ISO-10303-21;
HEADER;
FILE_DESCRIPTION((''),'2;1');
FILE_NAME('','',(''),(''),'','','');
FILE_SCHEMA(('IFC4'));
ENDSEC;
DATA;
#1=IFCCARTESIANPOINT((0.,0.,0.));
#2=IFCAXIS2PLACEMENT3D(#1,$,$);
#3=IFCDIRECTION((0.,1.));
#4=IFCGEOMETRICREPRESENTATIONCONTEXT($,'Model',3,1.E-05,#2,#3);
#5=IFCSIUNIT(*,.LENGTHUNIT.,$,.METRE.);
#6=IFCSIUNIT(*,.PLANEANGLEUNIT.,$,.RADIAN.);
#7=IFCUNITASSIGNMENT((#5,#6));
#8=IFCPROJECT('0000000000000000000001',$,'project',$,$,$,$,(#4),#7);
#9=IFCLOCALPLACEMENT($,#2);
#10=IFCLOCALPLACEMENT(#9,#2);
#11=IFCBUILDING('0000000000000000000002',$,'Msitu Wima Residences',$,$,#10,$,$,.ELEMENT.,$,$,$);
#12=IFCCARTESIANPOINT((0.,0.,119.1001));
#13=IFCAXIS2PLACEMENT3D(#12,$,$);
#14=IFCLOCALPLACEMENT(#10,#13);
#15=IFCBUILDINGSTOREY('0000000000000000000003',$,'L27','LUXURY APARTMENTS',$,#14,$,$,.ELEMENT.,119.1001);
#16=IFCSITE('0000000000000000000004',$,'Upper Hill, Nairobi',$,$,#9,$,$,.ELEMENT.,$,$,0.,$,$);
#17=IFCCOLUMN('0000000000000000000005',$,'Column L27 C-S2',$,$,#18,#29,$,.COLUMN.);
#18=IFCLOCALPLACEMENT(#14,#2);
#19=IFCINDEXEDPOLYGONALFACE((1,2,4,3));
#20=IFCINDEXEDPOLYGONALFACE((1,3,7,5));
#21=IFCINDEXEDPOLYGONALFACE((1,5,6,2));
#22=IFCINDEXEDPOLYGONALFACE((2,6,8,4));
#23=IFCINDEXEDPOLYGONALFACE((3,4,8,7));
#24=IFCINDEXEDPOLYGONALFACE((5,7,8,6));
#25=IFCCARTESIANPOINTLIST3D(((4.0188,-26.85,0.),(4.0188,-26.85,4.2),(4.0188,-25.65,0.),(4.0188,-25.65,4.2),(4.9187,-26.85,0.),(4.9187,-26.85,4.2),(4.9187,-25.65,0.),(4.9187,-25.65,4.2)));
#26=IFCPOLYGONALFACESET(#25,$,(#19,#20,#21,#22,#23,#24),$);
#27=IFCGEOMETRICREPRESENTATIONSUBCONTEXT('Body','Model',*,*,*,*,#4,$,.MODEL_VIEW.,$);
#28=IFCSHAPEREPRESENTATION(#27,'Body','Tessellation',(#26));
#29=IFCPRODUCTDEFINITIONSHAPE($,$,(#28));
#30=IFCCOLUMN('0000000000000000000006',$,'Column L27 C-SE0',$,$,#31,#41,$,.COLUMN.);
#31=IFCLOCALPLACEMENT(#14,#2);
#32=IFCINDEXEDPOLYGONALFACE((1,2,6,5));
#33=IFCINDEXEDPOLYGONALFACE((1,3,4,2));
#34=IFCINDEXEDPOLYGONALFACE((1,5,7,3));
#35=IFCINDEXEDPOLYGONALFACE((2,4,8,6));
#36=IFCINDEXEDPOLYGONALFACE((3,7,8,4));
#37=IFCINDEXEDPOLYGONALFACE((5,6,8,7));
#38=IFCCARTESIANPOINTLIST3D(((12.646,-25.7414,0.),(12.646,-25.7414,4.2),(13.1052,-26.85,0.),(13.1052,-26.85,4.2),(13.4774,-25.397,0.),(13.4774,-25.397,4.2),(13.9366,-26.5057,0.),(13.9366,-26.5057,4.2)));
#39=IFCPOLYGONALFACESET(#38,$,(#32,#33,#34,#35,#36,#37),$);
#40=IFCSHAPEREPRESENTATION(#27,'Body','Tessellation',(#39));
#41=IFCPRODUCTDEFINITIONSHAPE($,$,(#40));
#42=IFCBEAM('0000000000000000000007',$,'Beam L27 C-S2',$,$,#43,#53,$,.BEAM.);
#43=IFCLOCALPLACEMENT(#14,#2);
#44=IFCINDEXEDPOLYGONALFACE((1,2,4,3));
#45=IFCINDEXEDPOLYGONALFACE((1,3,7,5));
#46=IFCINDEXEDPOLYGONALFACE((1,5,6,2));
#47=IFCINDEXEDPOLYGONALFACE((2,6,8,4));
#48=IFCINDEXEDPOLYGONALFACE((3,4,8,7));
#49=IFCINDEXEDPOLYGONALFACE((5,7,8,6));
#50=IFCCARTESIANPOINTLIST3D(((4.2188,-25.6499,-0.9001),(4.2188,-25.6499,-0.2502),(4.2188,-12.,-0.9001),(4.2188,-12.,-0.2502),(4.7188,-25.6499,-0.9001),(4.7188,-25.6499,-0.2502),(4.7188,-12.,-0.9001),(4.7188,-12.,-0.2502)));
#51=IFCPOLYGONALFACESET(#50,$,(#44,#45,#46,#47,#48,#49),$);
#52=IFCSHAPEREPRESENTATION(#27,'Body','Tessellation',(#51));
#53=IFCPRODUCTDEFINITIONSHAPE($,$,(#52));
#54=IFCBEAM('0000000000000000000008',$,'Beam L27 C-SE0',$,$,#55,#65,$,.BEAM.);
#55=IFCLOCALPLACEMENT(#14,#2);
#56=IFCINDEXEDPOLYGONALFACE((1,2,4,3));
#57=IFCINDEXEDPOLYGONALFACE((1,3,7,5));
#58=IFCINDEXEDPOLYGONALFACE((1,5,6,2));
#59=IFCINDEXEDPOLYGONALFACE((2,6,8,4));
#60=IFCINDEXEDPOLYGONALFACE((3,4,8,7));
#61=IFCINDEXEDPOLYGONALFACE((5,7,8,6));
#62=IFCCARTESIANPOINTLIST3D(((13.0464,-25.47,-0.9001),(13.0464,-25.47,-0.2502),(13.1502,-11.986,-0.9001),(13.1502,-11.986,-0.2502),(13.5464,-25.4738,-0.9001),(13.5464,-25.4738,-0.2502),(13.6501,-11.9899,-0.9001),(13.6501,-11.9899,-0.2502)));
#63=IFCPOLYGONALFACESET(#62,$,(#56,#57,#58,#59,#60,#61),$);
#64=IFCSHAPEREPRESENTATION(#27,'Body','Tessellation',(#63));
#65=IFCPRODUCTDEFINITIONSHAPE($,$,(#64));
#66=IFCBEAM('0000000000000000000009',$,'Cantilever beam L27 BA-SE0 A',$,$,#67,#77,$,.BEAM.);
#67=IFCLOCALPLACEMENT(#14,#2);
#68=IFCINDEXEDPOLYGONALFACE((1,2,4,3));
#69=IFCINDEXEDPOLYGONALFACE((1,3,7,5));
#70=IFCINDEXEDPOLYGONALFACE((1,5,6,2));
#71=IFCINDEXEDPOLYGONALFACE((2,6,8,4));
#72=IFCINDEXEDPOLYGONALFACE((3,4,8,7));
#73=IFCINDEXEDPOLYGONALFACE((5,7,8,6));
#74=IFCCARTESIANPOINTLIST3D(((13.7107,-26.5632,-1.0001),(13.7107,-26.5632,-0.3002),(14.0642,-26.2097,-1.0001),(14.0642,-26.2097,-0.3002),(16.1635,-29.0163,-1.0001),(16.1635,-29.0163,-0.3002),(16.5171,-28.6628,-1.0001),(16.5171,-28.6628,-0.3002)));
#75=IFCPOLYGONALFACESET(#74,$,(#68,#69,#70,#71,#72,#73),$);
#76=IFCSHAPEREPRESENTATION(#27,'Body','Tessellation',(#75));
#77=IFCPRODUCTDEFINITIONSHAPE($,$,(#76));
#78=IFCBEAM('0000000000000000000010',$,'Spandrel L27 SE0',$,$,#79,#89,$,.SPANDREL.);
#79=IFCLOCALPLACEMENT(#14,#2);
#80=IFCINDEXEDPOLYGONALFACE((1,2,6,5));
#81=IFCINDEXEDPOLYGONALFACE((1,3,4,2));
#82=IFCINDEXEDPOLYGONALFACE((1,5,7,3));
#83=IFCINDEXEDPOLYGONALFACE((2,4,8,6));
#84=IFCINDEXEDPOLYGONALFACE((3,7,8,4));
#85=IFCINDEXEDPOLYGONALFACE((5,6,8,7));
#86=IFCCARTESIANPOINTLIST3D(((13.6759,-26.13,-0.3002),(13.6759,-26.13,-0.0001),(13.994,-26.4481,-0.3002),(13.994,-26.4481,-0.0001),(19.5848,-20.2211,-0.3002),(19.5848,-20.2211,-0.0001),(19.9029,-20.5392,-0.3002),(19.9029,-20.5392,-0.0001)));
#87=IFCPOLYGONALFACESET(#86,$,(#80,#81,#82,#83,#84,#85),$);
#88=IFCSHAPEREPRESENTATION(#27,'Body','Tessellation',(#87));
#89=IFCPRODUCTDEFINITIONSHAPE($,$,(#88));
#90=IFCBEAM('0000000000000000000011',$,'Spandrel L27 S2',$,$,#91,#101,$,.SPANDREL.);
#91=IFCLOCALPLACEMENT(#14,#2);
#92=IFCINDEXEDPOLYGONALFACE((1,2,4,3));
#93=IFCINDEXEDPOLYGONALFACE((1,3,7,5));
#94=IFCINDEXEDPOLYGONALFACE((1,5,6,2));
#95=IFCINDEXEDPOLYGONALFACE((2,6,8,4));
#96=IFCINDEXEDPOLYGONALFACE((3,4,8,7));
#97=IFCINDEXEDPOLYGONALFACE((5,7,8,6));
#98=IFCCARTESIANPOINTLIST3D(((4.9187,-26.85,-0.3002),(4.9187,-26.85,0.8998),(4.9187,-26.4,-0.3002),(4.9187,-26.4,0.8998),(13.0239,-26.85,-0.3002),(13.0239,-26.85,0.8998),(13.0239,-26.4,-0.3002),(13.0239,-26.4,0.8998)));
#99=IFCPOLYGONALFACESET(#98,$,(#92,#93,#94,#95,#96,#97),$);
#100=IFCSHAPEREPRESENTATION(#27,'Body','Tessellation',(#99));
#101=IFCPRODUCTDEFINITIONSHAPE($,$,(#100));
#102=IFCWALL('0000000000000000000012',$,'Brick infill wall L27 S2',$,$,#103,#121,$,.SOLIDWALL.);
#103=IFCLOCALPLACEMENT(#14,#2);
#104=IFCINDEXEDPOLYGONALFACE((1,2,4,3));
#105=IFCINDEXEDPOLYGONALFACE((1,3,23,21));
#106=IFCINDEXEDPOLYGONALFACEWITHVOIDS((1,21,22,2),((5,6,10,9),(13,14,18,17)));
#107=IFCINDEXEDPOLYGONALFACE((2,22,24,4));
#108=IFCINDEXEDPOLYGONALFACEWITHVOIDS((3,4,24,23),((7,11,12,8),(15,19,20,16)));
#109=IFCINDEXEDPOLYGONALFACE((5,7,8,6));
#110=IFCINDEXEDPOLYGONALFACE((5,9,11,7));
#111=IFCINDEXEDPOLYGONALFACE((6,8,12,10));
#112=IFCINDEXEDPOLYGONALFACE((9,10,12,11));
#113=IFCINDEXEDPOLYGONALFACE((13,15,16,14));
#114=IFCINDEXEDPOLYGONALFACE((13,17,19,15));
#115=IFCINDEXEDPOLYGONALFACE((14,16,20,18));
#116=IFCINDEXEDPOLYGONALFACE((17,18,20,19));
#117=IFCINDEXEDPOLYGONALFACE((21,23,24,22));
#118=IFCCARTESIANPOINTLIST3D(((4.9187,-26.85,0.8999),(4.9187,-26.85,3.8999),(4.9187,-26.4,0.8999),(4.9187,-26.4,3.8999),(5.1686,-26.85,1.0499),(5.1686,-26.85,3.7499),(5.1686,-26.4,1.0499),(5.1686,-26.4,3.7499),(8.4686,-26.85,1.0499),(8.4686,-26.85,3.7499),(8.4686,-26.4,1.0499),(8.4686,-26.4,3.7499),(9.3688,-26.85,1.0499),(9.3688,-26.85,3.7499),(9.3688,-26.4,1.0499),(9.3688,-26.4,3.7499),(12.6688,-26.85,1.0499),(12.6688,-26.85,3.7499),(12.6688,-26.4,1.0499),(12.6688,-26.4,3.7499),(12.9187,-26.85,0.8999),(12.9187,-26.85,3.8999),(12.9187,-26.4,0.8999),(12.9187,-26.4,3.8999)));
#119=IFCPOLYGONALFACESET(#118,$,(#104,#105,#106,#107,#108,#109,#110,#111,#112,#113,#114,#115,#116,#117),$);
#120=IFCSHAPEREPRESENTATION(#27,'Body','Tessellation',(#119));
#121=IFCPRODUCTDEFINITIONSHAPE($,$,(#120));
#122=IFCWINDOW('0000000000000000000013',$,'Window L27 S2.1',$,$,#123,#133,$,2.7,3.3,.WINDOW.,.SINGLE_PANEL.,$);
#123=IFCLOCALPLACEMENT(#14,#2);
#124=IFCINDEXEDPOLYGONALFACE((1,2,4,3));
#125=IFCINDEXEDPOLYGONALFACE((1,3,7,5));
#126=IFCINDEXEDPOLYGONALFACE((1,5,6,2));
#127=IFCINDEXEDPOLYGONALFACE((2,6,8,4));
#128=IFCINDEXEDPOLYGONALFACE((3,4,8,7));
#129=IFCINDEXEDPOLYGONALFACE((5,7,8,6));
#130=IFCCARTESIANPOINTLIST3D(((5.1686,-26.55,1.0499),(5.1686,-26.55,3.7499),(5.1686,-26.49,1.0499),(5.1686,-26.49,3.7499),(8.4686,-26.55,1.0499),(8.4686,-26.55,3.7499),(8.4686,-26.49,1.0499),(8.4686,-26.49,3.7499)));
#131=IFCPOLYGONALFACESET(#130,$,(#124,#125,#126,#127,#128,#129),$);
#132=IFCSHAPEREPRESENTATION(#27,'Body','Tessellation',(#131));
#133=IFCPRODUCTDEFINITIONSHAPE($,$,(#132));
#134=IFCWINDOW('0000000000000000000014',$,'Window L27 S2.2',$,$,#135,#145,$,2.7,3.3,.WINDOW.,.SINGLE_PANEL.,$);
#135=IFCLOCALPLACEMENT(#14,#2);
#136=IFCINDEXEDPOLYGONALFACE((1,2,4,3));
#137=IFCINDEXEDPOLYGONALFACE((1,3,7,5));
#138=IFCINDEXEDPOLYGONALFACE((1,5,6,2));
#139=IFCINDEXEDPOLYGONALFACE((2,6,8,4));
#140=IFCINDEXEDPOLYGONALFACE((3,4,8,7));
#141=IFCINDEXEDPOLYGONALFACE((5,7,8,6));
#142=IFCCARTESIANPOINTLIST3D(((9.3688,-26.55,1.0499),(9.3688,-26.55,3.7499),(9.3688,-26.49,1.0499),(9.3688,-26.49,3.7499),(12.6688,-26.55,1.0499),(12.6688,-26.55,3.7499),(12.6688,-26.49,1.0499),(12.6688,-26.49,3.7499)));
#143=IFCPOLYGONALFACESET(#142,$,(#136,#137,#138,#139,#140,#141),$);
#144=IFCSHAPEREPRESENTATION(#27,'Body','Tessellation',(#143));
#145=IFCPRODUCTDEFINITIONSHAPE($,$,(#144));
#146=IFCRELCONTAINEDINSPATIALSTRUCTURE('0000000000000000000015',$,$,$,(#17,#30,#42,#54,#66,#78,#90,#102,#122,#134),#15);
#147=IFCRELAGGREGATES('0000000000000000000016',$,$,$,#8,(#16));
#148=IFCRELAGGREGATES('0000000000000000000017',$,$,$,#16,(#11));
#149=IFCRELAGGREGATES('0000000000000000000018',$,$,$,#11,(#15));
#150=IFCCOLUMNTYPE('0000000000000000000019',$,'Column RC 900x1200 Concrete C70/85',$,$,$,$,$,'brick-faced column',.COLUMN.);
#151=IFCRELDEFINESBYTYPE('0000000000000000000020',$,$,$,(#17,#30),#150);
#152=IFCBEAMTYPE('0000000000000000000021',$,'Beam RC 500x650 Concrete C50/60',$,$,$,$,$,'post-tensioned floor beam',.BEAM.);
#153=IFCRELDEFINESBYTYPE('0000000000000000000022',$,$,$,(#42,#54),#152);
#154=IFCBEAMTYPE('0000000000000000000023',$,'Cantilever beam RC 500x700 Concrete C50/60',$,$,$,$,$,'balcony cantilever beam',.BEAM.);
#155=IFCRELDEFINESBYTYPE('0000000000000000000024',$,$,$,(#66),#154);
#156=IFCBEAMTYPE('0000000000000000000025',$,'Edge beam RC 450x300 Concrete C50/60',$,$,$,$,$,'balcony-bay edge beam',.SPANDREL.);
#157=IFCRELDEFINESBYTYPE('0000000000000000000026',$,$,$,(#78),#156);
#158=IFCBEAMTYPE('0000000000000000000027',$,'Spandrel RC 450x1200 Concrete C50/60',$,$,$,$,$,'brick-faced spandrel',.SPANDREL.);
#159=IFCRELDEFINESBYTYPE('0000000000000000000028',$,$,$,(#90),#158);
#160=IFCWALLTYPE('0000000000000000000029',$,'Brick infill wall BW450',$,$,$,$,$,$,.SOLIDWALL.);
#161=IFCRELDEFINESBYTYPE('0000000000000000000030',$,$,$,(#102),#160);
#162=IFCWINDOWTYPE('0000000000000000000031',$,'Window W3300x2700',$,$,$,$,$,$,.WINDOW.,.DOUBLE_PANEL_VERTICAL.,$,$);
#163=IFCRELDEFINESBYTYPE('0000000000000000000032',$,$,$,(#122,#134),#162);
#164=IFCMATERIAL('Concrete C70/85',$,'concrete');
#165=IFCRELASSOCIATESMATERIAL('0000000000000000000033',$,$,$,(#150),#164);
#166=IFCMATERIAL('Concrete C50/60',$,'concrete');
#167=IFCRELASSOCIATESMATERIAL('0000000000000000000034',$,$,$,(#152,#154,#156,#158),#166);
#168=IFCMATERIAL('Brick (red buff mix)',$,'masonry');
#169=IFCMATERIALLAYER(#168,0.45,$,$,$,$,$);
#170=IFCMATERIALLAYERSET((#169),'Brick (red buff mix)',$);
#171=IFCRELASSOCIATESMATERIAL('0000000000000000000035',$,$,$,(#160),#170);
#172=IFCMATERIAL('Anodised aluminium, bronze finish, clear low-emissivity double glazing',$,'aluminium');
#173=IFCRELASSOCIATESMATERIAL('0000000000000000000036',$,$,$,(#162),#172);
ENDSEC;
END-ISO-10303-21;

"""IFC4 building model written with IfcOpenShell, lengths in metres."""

from ifc_helpers import new_model, si_unit, direction, frame, frame_2d, origin, origin_2d, place, context, subcontext, project, spatial, rectangle, extrude, material, layer, layer_set, material_profile, profile_set, type_object, element, fill, save


model = new_model("IFC4")

# Units and contexts
model_context = context("Model", 3, precision=1e-05, world=origin(), true_north=direction((0.0, 1.0)))
body_context = subcontext(model_context, "Body", "Model", "MODEL_VIEW")
ifc_project = project(units=[si_unit("LENGTHUNIT", "METRE"), si_unit("PLANEANGLEUNIT", "RADIAN")], contexts=[model_context])

# Site, building, storey
site_placement = place(None, origin())
site = spatial("IfcSite", under=ifc_project, at=site_placement, Name="Upper Hill, Nairobi", CompositionType="ELEMENT", RefElevation=0.0)
building_placement = place(site_placement, origin())
building = spatial("IfcBuilding", under=site, at=building_placement, Name="Msitu Wima Residences", CompositionType="ELEMENT")
storey_placement = place(building_placement, frame((0.0, 0.0, 119.1001)))
storey = spatial("IfcBuildingStorey", under=building, at=storey_placement, Name="L27", Description="LUXURY APARTMENTS", CompositionType="ELEMENT", Elevation=119.1001)

# Columns
ifc_material_1 = material(Name="Concrete C70/85", Category="concrete")
ifc_material_profile_1 = material_profile(ifc_material_1, rectangle(XDim=0.8999, YDim=1.2, at=origin_2d()), Name="RC 900x1200")
ifc_profile_set_1 = profile_set([ifc_material_profile_1], Name="Concrete C70/85")
column_type = type_object("IfcColumnType", Name="Column RC 900x1200 Concrete C70/85", ElementType="brick-faced column", PredefinedType="COLUMN", material=ifc_profile_set_1)
for number, where, z_axis, x_axis, name in (
    (1, (4.4688, -26.25, 0.0), (0.0, 0.0, 1.0), (1.0, 0.0, 0.0), "Column L27 C-S2"),
    (2, (13.2913, -26.1235, 0.0), (0.0, 0.0, 1.0), (0.92388, 0.382683, 0.0), "Column L27 C-SE0"),
):
    element("IfcColumn", number, at=place(storey_placement, frame(where, z_axis=z_axis, x_axis=x_axis)), inside=storey, type_object=column_type, Name=name, PredefinedType="COLUMN", context=body_context, shape_type="SweptSolid", body=[
        extrude(rectangle(XDim=0.8999, YDim=1.2, at=origin_2d()), origin(), (0.0, 0.0, 1.0), 4.2),
    ])

# Beams
ifc_material_2 = material(Name="Concrete C50/60", Category="concrete")
ifc_material_profile_2 = material_profile(ifc_material_2, rectangle(XDim=0.5, YDim=0.6499, at=origin_2d()), Name="RC 500x650")
ifc_profile_set_2 = profile_set([ifc_material_profile_2], Name="Concrete C50/60")
beam_type_1 = type_object("IfcBeamType", Name="Beam RC 500x650 Concrete C50/60", ElementType="post-tensioned floor beam", PredefinedType="BEAM", material=ifc_profile_set_2)
beam_1_placement = place(storey_placement, frame((4.4688, -25.6499, -0.5752), z_axis=(0.0, 1.0, 0.0), x_axis=(-1.0, 0.0, 0.0)))
element("IfcBeam", 3, at=beam_1_placement, inside=storey, type_object=beam_type_1, Name="Beam L27 C-S2", PredefinedType="BEAM", context=body_context, shape_type="SweptSolid", body=[
    extrude(rectangle(XDim=0.5, YDim=0.6499, at=origin_2d()), origin(), (0.0, 0.0, 1.0), 13.6499),
])
beam_2_placement = place(storey_placement, frame((13.2964, -25.4719, -0.5752), z_axis=(0.007695, 0.99997, 0.0), x_axis=(-0.99997, 0.007695, 0.0)))
element("IfcBeam", 4, at=beam_2_placement, inside=storey, type_object=beam_type_1, Name="Beam L27 C-SE0", PredefinedType="BEAM", context=body_context, shape_type="SweptSolid", body=[
    extrude(rectangle(XDim=0.5, YDim=0.6499, at=origin_2d()), origin(), (0.0, 0.0, 1.0), 13.4844),
])
ifc_material_profile_3 = material_profile(ifc_material_2, rectangle(XDim=0.5, YDim=0.7, at=origin_2d()), Name="RC 500x700")
ifc_profile_set_3 = profile_set([ifc_material_profile_3], Name="Concrete C50/60")
beam_type_2 = type_object("IfcBeamType", Name="Cantilever beam RC 500x700 Concrete C50/60", ElementType="balcony cantilever beam", PredefinedType="BEAM", material=ifc_profile_set_3)
beam_3_placement = place(storey_placement, frame((13.8875, -26.3865, -0.6501), z_axis=(0.707072, -0.707142, 0.0), x_axis=(0.707142, 0.707072, 0.0)))
element("IfcBeam", 5, at=beam_3_placement, inside=storey, type_object=beam_type_2, Name="Cantilever beam L27 BA-SE0 A", PredefinedType="BEAM", context=body_context, shape_type="SweptSolid", body=[
    extrude(rectangle(XDim=0.5, YDim=0.7, at=origin_2d()), origin(), (0.0, 0.0, 1.0), 3.469),
])
ifc_material_profile_4 = material_profile(ifc_material_2, rectangle(XDim=0.45, YDim=0.3, at=origin_2d()), Name="RC 450x300")
ifc_profile_set_4 = profile_set([ifc_material_profile_4], Name="Concrete C50/60")
beam_type_3 = type_object("IfcBeamType", Name="Edge beam RC 450x300 Concrete C50/60", ElementType="balcony-bay edge beam", PredefinedType="SPANDREL", material=ifc_profile_set_4)
beam_4_placement = place(storey_placement, frame((13.835, -26.2891, -0.1501), z_axis=(0.707107, 0.707107, 0.0), x_axis=(-0.707107, 0.707107, 0.0)))
element("IfcBeam", 6, at=beam_4_placement, inside=storey, type_object=beam_type_3, Name="Spandrel L27 SE0", PredefinedType="SPANDREL", context=body_context, shape_type="SweptSolid", body=[
    extrude(rectangle(XDim=0.45, YDim=0.3, at=origin_2d()), origin(), (0.0, 0.0, 1.0), 8.3564),
])
ifc_material_profile_5 = material_profile(ifc_material_2, rectangle(XDim=0.45, YDim=1.2, at=origin_2d()), Name="RC 450x1200")
ifc_profile_set_5 = profile_set([ifc_material_profile_5], Name="Concrete C50/60")
beam_type_4 = type_object("IfcBeamType", Name="Spandrel RC 450x1200 Concrete C50/60", ElementType="brick-faced spandrel", PredefinedType="SPANDREL", material=ifc_profile_set_5)
beam_5_placement = place(storey_placement, frame((4.9187, -26.625, 0.2998), z_axis=(1.0, 0.0, 0.0), x_axis=(0.0, 1.0, 0.0)))
element("IfcBeam", 7, at=beam_5_placement, inside=storey, type_object=beam_type_4, Name="Spandrel L27 S2", PredefinedType="SPANDREL", context=body_context, shape_type="SweptSolid", body=[
    extrude(rectangle(XDim=0.45, YDim=1.2, at=origin_2d()), origin(), (0.0, 0.0, 1.0), 8.1052),
])

# Wall, openings, windows
ifc_material_3 = material(Name="Brick (red buff mix)", Category="masonry")
ifc_layer_1 = layer(ifc_material_3, 0.45)
ifc_layer_set_1 = layer_set([ifc_layer_1], Name="Brick (red buff mix)")
wall_type_1 = type_object("IfcWallType", Name="Brick infill wall BW450", PredefinedType="SOLIDWALL", material=ifc_layer_set_1)
wall_1_placement = place(storey_placement, frame((4.9187, -26.625, 0.8999), z_axis=(0.0, 0.0, 1.0), x_axis=(1.0, 0.0, 0.0)))
wall_1 = element("IfcWall", 8, at=wall_1_placement, inside=storey, type_object=wall_type_1, Name="Brick infill wall L27 S2", PredefinedType="SOLIDWALL", context=body_context, shape_type="SweptSolid", body=[
    extrude(rectangle(XDim=8.0, YDim=0.45, at=frame_2d((4.0, 0.0))), origin(), (0.0, 0.0, 1.0), 3.0),
])
opening_1_placement = place(wall_1_placement, frame((0.25, 0.0, 0.1499)))
opening_1 = element("IfcOpeningElement", 9, at=opening_1_placement, cuts=wall_1, PredefinedType="OPENING", context=body_context, shape_type="SweptSolid", body=[
    extrude(rectangle(XDim=3.3, YDim=2.7, at=frame_2d((1.6499, 1.3501))), frame((0.0, 0.2349, 0.0), z_axis=(0.0, -1.0, 0.0), x_axis=(1.0, 0.0, 0.0)), (0.0, 0.0, 1.0), 0.47),
])
opening_2_placement = place(wall_1_placement, frame((4.4502, 0.0, 0.1499)))
opening_2 = element("IfcOpeningElement", 10, at=opening_2_placement, cuts=wall_1, PredefinedType="OPENING", context=body_context, shape_type="SweptSolid", body=[
    extrude(rectangle(XDim=3.3, YDim=2.7, at=frame_2d((1.6499, 1.3501))), frame((0.0, 0.2349, 0.0), z_axis=(0.0, -1.0, 0.0), x_axis=(1.0, 0.0, 0.0)), (0.0, 0.0, 1.0), 0.47),
])
ifc_material_4 = material(Name="Anodised aluminium, bronze finish, clear low-emissivity double glazing", Category="aluminium")
window_type = type_object("IfcWindowType", Name="Window W3300x2700", PartitioningType="DOUBLE_PANEL_VERTICAL", PredefinedType="WINDOW", material=ifc_material_4)
window_1_placement = place(opening_1_placement, origin())
window_1 = element("IfcWindow", 11, at=window_1_placement, inside=storey, type_object=window_type, Name="Window L27 S2.1", OverallHeight=2.7, OverallWidth=3.3, PartitioningType="SINGLE_PANEL", PredefinedType="WINDOW", context=body_context, shape_type="SweptSolid", body=[
    extrude(rectangle(XDim=3.3, YDim=2.7, at=frame_2d((1.6499, 1.3501))), frame((0.0, 0.135, 0.0), z_axis=(0.0, -1.0, 0.0), x_axis=(1.0, 0.0, 0.0)), (0.0, 0.0, 1.0), 0.0601),
])
fill(opening_1, window_1)
window_2_placement = place(opening_2_placement, origin())
window_2 = element("IfcWindow", 12, at=window_2_placement, inside=storey, type_object=window_type, Name="Window L27 S2.2", OverallHeight=2.7, OverallWidth=3.3, PartitioningType="SINGLE_PANEL", PredefinedType="WINDOW", context=body_context, shape_type="SweptSolid", body=[
    extrude(rectangle(XDim=3.3, YDim=2.7, at=frame_2d((1.6499, 1.3501))), frame((0.0, 0.135, 0.0), z_axis=(0.0, -1.0, 0.0), x_axis=(1.0, 0.0, 0.0)), (0.0, 0.0, 1.0), 0.0601),
])
fill(opening_2, window_2)

save(model, "model.ifc")
